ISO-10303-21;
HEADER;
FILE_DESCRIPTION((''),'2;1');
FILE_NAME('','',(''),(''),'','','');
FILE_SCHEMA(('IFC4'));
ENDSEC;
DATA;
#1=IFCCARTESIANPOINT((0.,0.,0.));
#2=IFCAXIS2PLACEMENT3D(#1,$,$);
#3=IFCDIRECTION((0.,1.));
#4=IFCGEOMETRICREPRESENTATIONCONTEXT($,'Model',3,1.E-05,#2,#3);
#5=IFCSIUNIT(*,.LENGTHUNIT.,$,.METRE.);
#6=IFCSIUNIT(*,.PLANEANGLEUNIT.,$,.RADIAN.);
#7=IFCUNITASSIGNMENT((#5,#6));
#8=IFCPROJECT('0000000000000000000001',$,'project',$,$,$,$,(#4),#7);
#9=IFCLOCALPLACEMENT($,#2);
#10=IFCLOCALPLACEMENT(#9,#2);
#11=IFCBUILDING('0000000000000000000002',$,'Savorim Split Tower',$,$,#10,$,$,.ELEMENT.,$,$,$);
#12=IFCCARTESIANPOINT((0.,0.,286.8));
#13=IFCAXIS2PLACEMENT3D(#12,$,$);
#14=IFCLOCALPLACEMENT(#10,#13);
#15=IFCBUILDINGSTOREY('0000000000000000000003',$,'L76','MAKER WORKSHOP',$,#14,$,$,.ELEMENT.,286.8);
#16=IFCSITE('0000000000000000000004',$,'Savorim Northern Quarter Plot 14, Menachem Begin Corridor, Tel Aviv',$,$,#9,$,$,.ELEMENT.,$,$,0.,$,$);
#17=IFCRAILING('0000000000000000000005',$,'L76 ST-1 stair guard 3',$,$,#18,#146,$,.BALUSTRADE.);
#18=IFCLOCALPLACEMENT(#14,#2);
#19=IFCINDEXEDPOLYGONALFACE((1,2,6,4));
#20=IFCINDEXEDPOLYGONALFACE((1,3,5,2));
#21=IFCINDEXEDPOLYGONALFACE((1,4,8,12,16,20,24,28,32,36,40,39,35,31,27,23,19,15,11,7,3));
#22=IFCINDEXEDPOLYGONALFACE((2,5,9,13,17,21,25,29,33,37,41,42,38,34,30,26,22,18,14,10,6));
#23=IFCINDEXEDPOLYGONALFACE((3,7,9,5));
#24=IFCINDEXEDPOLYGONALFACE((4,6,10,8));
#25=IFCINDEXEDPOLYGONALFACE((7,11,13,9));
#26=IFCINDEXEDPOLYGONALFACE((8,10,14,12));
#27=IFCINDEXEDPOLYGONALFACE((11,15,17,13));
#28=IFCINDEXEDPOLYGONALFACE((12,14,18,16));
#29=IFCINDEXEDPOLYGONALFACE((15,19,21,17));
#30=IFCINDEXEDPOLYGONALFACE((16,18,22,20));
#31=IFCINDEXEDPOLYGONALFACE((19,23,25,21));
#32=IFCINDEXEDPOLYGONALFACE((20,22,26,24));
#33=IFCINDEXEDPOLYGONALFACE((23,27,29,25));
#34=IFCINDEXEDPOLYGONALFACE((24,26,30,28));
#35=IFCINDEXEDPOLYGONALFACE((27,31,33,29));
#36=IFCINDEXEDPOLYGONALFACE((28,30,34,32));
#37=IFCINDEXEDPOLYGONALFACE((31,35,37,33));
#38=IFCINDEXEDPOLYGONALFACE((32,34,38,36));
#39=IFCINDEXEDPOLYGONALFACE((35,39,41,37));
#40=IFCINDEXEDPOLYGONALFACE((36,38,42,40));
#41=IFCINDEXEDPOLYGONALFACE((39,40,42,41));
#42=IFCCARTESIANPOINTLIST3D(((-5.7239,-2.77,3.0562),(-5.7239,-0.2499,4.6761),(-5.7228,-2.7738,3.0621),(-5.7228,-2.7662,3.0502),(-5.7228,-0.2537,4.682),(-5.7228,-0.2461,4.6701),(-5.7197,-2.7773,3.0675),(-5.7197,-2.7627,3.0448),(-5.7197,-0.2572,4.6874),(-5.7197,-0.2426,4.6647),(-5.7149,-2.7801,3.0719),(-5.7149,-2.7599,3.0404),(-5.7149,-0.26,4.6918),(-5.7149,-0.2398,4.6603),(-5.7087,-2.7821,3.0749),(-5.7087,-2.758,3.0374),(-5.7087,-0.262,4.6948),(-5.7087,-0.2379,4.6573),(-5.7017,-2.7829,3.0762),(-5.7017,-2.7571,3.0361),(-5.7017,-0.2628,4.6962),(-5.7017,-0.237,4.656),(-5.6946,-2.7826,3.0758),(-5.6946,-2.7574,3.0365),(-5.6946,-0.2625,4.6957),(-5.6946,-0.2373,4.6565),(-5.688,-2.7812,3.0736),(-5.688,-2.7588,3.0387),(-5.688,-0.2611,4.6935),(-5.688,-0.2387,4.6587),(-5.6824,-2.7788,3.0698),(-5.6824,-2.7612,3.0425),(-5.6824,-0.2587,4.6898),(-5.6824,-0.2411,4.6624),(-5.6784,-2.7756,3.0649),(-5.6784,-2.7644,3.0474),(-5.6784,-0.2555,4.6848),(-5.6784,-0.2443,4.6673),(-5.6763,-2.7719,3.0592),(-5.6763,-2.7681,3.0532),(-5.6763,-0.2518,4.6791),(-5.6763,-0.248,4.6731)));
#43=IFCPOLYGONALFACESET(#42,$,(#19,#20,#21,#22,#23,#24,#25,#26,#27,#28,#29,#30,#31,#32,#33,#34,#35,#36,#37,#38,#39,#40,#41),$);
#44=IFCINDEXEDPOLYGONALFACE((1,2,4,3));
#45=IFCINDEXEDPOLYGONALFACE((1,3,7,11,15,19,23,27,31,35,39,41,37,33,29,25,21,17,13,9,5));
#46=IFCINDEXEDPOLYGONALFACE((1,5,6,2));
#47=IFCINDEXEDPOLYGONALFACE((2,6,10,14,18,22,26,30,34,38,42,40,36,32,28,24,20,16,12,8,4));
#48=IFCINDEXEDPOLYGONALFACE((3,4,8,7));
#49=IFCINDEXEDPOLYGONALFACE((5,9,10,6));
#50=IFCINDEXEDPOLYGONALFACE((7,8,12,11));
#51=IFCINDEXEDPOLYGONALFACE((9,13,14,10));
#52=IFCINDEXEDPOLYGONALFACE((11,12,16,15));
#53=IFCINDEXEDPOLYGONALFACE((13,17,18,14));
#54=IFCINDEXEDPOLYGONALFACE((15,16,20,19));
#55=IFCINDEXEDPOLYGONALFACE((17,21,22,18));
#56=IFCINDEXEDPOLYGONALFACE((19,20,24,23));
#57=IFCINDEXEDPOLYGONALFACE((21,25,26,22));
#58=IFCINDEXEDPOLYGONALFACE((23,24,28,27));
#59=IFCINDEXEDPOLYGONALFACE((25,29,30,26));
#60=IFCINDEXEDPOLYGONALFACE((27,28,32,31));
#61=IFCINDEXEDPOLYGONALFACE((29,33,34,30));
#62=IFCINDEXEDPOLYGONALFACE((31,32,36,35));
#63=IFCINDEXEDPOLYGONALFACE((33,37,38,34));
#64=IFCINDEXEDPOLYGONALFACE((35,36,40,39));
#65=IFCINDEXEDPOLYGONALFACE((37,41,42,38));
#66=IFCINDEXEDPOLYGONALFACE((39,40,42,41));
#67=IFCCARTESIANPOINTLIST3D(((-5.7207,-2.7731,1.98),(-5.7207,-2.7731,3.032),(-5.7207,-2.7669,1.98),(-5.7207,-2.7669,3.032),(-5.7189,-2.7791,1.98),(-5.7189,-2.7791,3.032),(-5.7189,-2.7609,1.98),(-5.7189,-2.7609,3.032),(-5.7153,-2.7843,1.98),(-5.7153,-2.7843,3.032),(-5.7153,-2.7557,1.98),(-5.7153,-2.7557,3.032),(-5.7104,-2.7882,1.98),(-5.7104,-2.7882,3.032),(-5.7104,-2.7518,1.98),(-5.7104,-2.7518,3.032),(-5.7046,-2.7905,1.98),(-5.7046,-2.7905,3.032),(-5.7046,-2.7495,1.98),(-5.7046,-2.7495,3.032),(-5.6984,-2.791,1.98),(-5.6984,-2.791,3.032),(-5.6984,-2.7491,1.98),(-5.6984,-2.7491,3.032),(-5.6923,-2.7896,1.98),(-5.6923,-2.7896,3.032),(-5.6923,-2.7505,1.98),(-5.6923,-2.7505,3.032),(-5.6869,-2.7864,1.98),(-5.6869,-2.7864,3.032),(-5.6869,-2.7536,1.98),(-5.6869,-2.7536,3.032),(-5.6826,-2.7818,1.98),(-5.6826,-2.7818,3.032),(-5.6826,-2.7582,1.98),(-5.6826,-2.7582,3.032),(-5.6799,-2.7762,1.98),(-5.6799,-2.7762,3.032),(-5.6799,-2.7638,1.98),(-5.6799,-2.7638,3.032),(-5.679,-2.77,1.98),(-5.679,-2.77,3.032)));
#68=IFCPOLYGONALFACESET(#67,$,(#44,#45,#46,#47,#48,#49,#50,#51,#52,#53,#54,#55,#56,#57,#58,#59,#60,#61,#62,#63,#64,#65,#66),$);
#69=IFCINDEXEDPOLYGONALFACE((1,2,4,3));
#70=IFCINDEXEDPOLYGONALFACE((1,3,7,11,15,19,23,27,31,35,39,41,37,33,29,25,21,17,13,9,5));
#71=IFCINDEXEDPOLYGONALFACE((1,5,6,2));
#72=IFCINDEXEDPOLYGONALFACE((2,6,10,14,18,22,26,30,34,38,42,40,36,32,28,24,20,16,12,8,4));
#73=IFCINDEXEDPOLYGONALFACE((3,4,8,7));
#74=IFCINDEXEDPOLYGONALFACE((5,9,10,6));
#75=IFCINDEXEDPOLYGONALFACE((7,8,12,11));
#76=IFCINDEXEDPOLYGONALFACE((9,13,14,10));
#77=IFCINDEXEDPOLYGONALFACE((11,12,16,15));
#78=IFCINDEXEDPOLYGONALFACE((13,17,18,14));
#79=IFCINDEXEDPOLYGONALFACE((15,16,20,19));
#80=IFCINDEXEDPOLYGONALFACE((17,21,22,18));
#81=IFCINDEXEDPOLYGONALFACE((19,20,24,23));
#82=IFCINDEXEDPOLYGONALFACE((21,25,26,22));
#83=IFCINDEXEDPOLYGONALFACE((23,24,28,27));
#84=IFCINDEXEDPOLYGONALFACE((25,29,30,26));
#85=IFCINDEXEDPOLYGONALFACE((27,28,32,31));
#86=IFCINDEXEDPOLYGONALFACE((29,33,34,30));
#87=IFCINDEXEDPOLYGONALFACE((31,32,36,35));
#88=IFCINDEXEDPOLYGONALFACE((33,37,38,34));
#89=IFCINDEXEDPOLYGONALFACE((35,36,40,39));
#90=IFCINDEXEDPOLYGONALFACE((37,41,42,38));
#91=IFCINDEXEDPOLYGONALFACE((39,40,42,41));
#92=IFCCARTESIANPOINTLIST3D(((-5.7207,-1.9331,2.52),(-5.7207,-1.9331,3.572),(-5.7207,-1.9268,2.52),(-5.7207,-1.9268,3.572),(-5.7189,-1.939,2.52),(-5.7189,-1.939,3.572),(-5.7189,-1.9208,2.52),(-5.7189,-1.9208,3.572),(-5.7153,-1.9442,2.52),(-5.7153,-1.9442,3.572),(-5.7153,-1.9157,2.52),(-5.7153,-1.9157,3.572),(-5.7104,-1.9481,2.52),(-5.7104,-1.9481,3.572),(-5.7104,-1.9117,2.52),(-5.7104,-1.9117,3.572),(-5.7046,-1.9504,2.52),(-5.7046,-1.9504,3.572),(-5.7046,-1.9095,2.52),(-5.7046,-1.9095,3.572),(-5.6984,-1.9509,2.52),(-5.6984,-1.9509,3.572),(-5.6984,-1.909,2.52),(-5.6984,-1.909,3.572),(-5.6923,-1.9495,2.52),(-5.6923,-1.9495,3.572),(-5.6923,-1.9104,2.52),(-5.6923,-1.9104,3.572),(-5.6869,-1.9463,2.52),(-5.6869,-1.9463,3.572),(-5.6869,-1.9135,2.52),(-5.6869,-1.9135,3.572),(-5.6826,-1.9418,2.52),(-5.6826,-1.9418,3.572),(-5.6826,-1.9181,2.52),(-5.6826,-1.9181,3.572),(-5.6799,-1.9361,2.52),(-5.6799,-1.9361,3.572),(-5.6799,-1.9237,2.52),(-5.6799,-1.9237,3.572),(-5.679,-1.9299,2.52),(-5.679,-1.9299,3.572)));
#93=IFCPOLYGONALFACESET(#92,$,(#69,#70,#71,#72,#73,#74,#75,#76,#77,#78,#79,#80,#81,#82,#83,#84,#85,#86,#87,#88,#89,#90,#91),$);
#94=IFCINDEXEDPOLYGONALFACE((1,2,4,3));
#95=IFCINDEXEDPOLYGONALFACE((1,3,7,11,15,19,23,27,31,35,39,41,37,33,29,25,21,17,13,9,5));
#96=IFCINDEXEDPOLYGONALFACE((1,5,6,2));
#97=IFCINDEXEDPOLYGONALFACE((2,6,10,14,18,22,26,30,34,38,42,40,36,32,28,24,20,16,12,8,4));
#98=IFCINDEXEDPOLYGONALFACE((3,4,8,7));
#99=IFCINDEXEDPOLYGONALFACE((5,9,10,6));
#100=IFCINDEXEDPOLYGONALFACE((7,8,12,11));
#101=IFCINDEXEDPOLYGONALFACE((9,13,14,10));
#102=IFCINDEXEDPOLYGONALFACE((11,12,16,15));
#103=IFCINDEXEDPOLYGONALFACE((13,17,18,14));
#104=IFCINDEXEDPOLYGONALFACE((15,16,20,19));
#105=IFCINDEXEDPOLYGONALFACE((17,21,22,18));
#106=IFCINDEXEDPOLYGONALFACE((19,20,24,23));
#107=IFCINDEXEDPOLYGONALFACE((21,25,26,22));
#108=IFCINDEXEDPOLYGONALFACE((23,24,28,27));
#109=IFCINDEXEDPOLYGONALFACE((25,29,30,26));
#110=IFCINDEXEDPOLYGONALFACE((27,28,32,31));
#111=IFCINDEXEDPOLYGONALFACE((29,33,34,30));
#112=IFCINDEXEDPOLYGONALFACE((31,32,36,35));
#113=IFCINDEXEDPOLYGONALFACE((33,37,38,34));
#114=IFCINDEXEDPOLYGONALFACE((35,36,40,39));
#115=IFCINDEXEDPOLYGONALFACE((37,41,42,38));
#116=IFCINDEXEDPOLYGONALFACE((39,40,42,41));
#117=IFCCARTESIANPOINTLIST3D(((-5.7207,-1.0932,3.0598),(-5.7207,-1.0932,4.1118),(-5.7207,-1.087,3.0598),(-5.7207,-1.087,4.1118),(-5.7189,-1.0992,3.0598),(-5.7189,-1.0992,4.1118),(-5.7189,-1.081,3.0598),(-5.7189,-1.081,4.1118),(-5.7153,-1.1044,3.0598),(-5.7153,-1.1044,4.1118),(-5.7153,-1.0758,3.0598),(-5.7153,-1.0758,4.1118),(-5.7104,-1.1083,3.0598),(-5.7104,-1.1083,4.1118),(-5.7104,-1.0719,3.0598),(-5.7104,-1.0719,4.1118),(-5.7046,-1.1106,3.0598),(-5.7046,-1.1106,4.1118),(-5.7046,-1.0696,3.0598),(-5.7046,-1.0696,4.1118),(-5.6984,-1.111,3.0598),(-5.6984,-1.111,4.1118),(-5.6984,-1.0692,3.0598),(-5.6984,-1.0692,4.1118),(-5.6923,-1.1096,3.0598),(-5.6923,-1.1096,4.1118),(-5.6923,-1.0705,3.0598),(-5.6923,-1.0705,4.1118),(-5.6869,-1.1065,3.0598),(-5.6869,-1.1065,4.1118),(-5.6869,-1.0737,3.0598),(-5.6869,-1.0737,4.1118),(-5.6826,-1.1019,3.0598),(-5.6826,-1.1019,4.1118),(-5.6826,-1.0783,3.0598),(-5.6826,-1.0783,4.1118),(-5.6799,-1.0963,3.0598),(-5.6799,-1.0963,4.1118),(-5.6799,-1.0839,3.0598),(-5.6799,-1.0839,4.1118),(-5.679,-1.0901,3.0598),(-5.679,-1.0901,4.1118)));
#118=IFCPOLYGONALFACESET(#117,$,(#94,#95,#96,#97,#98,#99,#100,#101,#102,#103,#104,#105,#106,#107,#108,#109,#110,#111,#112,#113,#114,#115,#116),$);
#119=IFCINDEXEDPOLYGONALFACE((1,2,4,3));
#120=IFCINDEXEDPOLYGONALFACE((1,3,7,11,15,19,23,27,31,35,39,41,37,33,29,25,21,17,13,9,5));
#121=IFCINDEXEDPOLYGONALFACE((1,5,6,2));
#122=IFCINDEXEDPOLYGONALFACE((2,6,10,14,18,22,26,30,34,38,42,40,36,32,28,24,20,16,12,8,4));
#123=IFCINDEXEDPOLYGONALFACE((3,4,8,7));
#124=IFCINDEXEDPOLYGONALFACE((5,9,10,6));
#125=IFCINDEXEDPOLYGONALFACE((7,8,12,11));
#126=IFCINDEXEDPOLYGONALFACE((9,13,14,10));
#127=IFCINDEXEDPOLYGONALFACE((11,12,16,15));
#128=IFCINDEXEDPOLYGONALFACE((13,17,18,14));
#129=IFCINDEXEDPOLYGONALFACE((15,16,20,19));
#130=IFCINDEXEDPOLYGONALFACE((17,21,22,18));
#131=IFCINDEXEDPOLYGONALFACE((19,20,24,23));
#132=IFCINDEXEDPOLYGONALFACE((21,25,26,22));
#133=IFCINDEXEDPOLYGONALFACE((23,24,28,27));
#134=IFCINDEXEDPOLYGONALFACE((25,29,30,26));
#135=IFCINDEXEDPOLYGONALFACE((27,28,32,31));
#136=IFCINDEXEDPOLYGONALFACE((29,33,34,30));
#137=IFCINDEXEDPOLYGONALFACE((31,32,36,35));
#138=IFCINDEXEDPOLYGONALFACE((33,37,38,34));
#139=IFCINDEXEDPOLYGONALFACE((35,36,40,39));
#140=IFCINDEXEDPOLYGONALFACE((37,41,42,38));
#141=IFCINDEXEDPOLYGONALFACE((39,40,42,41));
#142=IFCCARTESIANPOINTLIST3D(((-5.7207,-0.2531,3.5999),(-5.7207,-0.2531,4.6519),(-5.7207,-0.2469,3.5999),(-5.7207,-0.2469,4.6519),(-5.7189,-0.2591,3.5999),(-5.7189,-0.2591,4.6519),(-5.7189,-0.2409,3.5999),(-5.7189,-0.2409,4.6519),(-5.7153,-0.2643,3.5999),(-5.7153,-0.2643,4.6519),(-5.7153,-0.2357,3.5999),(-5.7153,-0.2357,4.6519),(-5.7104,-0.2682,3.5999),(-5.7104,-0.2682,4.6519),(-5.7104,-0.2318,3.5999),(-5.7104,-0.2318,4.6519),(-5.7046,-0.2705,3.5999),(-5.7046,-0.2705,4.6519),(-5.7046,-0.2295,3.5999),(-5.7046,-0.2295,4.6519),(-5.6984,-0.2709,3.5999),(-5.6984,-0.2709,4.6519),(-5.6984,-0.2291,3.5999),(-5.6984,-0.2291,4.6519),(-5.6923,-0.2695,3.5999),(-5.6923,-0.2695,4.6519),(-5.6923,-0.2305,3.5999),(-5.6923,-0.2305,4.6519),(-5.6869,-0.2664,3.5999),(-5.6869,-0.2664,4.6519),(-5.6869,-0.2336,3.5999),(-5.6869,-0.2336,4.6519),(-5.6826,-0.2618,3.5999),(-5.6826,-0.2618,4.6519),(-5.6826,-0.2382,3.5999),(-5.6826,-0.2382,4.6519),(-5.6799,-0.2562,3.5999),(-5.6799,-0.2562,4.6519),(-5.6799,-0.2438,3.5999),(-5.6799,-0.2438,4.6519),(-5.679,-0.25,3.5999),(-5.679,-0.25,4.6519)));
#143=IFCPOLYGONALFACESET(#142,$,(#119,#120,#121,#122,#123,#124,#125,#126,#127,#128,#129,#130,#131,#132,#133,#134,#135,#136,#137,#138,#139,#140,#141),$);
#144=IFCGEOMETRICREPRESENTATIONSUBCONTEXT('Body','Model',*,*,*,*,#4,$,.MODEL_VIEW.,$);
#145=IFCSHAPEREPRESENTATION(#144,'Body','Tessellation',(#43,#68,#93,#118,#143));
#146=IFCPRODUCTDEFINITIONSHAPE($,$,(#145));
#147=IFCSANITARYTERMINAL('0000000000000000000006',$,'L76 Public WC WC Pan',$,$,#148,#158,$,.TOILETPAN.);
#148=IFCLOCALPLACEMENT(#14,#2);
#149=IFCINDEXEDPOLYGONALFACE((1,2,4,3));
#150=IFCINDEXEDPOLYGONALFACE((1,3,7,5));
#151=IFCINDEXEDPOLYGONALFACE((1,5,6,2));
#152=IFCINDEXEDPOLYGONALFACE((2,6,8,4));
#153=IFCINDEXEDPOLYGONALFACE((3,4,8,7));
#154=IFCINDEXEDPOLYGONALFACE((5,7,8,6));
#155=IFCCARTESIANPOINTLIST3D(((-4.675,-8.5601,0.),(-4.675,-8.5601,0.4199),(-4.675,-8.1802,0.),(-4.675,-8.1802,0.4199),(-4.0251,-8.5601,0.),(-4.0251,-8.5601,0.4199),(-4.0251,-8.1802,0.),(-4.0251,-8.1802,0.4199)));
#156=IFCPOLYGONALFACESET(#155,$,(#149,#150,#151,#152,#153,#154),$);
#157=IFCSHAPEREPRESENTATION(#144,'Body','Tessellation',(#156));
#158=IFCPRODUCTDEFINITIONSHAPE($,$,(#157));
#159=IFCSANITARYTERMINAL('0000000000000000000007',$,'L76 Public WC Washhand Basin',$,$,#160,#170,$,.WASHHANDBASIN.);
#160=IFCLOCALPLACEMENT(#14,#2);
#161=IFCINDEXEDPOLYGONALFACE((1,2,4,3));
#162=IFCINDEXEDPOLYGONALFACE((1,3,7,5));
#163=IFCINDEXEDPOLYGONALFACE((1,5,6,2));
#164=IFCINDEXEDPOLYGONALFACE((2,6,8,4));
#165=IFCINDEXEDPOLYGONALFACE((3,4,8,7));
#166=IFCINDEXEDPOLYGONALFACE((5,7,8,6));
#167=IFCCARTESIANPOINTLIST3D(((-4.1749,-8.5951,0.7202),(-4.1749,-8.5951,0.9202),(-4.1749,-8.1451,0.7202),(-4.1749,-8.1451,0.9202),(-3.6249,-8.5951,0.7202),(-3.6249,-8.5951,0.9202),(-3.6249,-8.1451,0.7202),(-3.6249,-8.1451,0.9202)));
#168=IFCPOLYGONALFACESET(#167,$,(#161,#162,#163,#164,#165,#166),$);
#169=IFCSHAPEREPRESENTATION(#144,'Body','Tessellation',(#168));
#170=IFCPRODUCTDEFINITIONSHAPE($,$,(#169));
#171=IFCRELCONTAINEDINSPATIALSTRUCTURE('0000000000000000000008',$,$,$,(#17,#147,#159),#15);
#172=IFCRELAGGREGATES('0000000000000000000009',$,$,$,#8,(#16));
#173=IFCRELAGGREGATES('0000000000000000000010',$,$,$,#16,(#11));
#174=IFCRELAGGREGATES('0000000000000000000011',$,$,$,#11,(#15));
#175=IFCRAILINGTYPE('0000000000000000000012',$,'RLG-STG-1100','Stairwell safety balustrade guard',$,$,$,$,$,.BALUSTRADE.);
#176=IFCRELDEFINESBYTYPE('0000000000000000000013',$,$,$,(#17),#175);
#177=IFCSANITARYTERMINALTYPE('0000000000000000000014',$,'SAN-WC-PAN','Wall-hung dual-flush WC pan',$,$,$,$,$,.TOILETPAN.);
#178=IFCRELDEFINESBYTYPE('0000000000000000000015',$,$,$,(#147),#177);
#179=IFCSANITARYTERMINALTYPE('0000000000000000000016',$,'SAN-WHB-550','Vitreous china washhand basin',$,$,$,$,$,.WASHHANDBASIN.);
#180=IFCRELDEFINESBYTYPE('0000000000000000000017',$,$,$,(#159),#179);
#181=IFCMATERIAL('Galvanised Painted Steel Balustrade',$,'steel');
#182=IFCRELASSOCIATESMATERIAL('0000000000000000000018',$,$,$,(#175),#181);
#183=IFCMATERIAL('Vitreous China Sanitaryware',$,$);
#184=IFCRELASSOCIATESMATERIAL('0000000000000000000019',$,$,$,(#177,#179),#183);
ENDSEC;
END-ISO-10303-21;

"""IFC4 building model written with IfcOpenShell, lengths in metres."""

from ifc_helpers import new_model, si_unit, direction, frame, origin, origin_2d, place, context, subcontext, project, spatial, rectangle, circle, extrude, material, type_object, element, save


model = new_model("IFC4")

# Units and contexts
model_context = context("Model", 3, precision=1e-05, world=origin(), true_north=direction((0.0, 1.0)))
body_context = subcontext(model_context, "Body", "Model", "MODEL_VIEW")
ifc_project = project(units=[si_unit("LENGTHUNIT", "METRE"), si_unit("PLANEANGLEUNIT", "RADIAN")], contexts=[model_context])

# Site, building, storey
site_placement = place(None, origin())
site = spatial("IfcSite", under=ifc_project, at=site_placement, Name="Savorim Northern Quarter Plot 14, Menachem Begin Corridor, Tel Aviv", CompositionType="ELEMENT", RefElevation=0.0)
building_placement = place(site_placement, origin())
building = spatial("IfcBuilding", under=site, at=building_placement, Name="Savorim Split Tower", CompositionType="ELEMENT")
storey_placement = place(building_placement, frame((0.0, 0.0, 286.8)))
storey = spatial("IfcBuildingStorey", under=building, at=storey_placement, Name="L76", Description="MAKER WORKSHOP", CompositionType="ELEMENT", Elevation=286.8)

# Railing
ifc_material_1 = material(Name="Galvanised Painted Steel Balustrade", Category="steel")
railing_type_1 = type_object("IfcRailingType", Name="RLG-STG-1100", Description="Stairwell safety balustrade guard", PredefinedType="BALUSTRADE", material=ifc_material_1)
railing_1_placement = place(storey_placement, frame((-5.7, -2.77, 1.98)))
element("IfcRailing", 1, at=railing_1_placement, inside=storey, type_object=railing_type_1, Name="L76 ST-1 stair guard 3", PredefinedType="BALUSTRADE", context=body_context, shape_type="SweptSolid", body=[
    extrude(circle(Radius=0.0239, at=origin_2d()), frame((0.0, 0.0, 1.0762), z_axis=(0.0, 0.8412, 0.540725), x_axis=(-1.0, 0.0, 0.0)), (0.0, 0.0, 1.0), 2.9958),
    extrude(circle(Radius=0.021, at=origin_2d()), origin(), (0.0, 0.0, 1.0), 1.052),
    extrude(circle(Radius=0.021, at=origin_2d()), frame((0.0, 0.8401, 0.54)), (0.0, 0.0, 1.0), 1.052),
    extrude(circle(Radius=0.021, at=origin_2d()), frame((0.0, 1.6799, 1.0798)), (0.0, 0.0, 1.0), 1.052),
    extrude(circle(Radius=0.021, at=origin_2d()), frame((0.0, 2.52, 1.6199)), (0.0, 0.0, 1.0), 1.052),
])

# Sanitary terminals
ifc_material_2 = material(Name="Vitreous China Sanitaryware")
sanitary_terminal_type_1 = type_object("IfcSanitaryTerminalType", Name="SAN-WC-PAN", Description="Wall-hung dual-flush WC pan", PredefinedType="TOILETPAN", material=ifc_material_2)
sanitary_terminal_1_placement = place(storey_placement, frame((-4.3501, -8.3701, 0.0), z_axis=(0.0, 0.0, 1.0), x_axis=(1.0, 0.0, 0.0)))
element("IfcSanitaryTerminal", 2, at=sanitary_terminal_1_placement, inside=storey, type_object=sanitary_terminal_type_1, Name="L76 Public WC WC Pan", PredefinedType="TOILETPAN", context=body_context, shape_type="SweptSolid", body=[
    extrude(rectangle(XDim=0.6499, YDim=0.3799, at=origin_2d()), origin(), (0.0, 0.0, 1.0), 0.4199),
])
sanitary_terminal_type_2 = type_object("IfcSanitaryTerminalType", Name="SAN-WHB-550", Description="Vitreous china washhand basin", PredefinedType="WASHHANDBASIN", material=ifc_material_2)
sanitary_terminal_2_placement = place(storey_placement, frame((-3.8999, -8.3701, 0.7202), z_axis=(0.0, 0.0, 1.0), x_axis=(1.0, 0.0, 0.0)))
element("IfcSanitaryTerminal", 3, at=sanitary_terminal_2_placement, inside=storey, type_object=sanitary_terminal_type_2, Name="L76 Public WC Washhand Basin", PredefinedType="WASHHANDBASIN", context=body_context, shape_type="SweptSolid", body=[
    extrude(rectangle(XDim=0.55, YDim=0.45, at=origin_2d()), origin(), (0.0, 0.0, 1.0), 0.2),
])

save(model, "model.ifc")
